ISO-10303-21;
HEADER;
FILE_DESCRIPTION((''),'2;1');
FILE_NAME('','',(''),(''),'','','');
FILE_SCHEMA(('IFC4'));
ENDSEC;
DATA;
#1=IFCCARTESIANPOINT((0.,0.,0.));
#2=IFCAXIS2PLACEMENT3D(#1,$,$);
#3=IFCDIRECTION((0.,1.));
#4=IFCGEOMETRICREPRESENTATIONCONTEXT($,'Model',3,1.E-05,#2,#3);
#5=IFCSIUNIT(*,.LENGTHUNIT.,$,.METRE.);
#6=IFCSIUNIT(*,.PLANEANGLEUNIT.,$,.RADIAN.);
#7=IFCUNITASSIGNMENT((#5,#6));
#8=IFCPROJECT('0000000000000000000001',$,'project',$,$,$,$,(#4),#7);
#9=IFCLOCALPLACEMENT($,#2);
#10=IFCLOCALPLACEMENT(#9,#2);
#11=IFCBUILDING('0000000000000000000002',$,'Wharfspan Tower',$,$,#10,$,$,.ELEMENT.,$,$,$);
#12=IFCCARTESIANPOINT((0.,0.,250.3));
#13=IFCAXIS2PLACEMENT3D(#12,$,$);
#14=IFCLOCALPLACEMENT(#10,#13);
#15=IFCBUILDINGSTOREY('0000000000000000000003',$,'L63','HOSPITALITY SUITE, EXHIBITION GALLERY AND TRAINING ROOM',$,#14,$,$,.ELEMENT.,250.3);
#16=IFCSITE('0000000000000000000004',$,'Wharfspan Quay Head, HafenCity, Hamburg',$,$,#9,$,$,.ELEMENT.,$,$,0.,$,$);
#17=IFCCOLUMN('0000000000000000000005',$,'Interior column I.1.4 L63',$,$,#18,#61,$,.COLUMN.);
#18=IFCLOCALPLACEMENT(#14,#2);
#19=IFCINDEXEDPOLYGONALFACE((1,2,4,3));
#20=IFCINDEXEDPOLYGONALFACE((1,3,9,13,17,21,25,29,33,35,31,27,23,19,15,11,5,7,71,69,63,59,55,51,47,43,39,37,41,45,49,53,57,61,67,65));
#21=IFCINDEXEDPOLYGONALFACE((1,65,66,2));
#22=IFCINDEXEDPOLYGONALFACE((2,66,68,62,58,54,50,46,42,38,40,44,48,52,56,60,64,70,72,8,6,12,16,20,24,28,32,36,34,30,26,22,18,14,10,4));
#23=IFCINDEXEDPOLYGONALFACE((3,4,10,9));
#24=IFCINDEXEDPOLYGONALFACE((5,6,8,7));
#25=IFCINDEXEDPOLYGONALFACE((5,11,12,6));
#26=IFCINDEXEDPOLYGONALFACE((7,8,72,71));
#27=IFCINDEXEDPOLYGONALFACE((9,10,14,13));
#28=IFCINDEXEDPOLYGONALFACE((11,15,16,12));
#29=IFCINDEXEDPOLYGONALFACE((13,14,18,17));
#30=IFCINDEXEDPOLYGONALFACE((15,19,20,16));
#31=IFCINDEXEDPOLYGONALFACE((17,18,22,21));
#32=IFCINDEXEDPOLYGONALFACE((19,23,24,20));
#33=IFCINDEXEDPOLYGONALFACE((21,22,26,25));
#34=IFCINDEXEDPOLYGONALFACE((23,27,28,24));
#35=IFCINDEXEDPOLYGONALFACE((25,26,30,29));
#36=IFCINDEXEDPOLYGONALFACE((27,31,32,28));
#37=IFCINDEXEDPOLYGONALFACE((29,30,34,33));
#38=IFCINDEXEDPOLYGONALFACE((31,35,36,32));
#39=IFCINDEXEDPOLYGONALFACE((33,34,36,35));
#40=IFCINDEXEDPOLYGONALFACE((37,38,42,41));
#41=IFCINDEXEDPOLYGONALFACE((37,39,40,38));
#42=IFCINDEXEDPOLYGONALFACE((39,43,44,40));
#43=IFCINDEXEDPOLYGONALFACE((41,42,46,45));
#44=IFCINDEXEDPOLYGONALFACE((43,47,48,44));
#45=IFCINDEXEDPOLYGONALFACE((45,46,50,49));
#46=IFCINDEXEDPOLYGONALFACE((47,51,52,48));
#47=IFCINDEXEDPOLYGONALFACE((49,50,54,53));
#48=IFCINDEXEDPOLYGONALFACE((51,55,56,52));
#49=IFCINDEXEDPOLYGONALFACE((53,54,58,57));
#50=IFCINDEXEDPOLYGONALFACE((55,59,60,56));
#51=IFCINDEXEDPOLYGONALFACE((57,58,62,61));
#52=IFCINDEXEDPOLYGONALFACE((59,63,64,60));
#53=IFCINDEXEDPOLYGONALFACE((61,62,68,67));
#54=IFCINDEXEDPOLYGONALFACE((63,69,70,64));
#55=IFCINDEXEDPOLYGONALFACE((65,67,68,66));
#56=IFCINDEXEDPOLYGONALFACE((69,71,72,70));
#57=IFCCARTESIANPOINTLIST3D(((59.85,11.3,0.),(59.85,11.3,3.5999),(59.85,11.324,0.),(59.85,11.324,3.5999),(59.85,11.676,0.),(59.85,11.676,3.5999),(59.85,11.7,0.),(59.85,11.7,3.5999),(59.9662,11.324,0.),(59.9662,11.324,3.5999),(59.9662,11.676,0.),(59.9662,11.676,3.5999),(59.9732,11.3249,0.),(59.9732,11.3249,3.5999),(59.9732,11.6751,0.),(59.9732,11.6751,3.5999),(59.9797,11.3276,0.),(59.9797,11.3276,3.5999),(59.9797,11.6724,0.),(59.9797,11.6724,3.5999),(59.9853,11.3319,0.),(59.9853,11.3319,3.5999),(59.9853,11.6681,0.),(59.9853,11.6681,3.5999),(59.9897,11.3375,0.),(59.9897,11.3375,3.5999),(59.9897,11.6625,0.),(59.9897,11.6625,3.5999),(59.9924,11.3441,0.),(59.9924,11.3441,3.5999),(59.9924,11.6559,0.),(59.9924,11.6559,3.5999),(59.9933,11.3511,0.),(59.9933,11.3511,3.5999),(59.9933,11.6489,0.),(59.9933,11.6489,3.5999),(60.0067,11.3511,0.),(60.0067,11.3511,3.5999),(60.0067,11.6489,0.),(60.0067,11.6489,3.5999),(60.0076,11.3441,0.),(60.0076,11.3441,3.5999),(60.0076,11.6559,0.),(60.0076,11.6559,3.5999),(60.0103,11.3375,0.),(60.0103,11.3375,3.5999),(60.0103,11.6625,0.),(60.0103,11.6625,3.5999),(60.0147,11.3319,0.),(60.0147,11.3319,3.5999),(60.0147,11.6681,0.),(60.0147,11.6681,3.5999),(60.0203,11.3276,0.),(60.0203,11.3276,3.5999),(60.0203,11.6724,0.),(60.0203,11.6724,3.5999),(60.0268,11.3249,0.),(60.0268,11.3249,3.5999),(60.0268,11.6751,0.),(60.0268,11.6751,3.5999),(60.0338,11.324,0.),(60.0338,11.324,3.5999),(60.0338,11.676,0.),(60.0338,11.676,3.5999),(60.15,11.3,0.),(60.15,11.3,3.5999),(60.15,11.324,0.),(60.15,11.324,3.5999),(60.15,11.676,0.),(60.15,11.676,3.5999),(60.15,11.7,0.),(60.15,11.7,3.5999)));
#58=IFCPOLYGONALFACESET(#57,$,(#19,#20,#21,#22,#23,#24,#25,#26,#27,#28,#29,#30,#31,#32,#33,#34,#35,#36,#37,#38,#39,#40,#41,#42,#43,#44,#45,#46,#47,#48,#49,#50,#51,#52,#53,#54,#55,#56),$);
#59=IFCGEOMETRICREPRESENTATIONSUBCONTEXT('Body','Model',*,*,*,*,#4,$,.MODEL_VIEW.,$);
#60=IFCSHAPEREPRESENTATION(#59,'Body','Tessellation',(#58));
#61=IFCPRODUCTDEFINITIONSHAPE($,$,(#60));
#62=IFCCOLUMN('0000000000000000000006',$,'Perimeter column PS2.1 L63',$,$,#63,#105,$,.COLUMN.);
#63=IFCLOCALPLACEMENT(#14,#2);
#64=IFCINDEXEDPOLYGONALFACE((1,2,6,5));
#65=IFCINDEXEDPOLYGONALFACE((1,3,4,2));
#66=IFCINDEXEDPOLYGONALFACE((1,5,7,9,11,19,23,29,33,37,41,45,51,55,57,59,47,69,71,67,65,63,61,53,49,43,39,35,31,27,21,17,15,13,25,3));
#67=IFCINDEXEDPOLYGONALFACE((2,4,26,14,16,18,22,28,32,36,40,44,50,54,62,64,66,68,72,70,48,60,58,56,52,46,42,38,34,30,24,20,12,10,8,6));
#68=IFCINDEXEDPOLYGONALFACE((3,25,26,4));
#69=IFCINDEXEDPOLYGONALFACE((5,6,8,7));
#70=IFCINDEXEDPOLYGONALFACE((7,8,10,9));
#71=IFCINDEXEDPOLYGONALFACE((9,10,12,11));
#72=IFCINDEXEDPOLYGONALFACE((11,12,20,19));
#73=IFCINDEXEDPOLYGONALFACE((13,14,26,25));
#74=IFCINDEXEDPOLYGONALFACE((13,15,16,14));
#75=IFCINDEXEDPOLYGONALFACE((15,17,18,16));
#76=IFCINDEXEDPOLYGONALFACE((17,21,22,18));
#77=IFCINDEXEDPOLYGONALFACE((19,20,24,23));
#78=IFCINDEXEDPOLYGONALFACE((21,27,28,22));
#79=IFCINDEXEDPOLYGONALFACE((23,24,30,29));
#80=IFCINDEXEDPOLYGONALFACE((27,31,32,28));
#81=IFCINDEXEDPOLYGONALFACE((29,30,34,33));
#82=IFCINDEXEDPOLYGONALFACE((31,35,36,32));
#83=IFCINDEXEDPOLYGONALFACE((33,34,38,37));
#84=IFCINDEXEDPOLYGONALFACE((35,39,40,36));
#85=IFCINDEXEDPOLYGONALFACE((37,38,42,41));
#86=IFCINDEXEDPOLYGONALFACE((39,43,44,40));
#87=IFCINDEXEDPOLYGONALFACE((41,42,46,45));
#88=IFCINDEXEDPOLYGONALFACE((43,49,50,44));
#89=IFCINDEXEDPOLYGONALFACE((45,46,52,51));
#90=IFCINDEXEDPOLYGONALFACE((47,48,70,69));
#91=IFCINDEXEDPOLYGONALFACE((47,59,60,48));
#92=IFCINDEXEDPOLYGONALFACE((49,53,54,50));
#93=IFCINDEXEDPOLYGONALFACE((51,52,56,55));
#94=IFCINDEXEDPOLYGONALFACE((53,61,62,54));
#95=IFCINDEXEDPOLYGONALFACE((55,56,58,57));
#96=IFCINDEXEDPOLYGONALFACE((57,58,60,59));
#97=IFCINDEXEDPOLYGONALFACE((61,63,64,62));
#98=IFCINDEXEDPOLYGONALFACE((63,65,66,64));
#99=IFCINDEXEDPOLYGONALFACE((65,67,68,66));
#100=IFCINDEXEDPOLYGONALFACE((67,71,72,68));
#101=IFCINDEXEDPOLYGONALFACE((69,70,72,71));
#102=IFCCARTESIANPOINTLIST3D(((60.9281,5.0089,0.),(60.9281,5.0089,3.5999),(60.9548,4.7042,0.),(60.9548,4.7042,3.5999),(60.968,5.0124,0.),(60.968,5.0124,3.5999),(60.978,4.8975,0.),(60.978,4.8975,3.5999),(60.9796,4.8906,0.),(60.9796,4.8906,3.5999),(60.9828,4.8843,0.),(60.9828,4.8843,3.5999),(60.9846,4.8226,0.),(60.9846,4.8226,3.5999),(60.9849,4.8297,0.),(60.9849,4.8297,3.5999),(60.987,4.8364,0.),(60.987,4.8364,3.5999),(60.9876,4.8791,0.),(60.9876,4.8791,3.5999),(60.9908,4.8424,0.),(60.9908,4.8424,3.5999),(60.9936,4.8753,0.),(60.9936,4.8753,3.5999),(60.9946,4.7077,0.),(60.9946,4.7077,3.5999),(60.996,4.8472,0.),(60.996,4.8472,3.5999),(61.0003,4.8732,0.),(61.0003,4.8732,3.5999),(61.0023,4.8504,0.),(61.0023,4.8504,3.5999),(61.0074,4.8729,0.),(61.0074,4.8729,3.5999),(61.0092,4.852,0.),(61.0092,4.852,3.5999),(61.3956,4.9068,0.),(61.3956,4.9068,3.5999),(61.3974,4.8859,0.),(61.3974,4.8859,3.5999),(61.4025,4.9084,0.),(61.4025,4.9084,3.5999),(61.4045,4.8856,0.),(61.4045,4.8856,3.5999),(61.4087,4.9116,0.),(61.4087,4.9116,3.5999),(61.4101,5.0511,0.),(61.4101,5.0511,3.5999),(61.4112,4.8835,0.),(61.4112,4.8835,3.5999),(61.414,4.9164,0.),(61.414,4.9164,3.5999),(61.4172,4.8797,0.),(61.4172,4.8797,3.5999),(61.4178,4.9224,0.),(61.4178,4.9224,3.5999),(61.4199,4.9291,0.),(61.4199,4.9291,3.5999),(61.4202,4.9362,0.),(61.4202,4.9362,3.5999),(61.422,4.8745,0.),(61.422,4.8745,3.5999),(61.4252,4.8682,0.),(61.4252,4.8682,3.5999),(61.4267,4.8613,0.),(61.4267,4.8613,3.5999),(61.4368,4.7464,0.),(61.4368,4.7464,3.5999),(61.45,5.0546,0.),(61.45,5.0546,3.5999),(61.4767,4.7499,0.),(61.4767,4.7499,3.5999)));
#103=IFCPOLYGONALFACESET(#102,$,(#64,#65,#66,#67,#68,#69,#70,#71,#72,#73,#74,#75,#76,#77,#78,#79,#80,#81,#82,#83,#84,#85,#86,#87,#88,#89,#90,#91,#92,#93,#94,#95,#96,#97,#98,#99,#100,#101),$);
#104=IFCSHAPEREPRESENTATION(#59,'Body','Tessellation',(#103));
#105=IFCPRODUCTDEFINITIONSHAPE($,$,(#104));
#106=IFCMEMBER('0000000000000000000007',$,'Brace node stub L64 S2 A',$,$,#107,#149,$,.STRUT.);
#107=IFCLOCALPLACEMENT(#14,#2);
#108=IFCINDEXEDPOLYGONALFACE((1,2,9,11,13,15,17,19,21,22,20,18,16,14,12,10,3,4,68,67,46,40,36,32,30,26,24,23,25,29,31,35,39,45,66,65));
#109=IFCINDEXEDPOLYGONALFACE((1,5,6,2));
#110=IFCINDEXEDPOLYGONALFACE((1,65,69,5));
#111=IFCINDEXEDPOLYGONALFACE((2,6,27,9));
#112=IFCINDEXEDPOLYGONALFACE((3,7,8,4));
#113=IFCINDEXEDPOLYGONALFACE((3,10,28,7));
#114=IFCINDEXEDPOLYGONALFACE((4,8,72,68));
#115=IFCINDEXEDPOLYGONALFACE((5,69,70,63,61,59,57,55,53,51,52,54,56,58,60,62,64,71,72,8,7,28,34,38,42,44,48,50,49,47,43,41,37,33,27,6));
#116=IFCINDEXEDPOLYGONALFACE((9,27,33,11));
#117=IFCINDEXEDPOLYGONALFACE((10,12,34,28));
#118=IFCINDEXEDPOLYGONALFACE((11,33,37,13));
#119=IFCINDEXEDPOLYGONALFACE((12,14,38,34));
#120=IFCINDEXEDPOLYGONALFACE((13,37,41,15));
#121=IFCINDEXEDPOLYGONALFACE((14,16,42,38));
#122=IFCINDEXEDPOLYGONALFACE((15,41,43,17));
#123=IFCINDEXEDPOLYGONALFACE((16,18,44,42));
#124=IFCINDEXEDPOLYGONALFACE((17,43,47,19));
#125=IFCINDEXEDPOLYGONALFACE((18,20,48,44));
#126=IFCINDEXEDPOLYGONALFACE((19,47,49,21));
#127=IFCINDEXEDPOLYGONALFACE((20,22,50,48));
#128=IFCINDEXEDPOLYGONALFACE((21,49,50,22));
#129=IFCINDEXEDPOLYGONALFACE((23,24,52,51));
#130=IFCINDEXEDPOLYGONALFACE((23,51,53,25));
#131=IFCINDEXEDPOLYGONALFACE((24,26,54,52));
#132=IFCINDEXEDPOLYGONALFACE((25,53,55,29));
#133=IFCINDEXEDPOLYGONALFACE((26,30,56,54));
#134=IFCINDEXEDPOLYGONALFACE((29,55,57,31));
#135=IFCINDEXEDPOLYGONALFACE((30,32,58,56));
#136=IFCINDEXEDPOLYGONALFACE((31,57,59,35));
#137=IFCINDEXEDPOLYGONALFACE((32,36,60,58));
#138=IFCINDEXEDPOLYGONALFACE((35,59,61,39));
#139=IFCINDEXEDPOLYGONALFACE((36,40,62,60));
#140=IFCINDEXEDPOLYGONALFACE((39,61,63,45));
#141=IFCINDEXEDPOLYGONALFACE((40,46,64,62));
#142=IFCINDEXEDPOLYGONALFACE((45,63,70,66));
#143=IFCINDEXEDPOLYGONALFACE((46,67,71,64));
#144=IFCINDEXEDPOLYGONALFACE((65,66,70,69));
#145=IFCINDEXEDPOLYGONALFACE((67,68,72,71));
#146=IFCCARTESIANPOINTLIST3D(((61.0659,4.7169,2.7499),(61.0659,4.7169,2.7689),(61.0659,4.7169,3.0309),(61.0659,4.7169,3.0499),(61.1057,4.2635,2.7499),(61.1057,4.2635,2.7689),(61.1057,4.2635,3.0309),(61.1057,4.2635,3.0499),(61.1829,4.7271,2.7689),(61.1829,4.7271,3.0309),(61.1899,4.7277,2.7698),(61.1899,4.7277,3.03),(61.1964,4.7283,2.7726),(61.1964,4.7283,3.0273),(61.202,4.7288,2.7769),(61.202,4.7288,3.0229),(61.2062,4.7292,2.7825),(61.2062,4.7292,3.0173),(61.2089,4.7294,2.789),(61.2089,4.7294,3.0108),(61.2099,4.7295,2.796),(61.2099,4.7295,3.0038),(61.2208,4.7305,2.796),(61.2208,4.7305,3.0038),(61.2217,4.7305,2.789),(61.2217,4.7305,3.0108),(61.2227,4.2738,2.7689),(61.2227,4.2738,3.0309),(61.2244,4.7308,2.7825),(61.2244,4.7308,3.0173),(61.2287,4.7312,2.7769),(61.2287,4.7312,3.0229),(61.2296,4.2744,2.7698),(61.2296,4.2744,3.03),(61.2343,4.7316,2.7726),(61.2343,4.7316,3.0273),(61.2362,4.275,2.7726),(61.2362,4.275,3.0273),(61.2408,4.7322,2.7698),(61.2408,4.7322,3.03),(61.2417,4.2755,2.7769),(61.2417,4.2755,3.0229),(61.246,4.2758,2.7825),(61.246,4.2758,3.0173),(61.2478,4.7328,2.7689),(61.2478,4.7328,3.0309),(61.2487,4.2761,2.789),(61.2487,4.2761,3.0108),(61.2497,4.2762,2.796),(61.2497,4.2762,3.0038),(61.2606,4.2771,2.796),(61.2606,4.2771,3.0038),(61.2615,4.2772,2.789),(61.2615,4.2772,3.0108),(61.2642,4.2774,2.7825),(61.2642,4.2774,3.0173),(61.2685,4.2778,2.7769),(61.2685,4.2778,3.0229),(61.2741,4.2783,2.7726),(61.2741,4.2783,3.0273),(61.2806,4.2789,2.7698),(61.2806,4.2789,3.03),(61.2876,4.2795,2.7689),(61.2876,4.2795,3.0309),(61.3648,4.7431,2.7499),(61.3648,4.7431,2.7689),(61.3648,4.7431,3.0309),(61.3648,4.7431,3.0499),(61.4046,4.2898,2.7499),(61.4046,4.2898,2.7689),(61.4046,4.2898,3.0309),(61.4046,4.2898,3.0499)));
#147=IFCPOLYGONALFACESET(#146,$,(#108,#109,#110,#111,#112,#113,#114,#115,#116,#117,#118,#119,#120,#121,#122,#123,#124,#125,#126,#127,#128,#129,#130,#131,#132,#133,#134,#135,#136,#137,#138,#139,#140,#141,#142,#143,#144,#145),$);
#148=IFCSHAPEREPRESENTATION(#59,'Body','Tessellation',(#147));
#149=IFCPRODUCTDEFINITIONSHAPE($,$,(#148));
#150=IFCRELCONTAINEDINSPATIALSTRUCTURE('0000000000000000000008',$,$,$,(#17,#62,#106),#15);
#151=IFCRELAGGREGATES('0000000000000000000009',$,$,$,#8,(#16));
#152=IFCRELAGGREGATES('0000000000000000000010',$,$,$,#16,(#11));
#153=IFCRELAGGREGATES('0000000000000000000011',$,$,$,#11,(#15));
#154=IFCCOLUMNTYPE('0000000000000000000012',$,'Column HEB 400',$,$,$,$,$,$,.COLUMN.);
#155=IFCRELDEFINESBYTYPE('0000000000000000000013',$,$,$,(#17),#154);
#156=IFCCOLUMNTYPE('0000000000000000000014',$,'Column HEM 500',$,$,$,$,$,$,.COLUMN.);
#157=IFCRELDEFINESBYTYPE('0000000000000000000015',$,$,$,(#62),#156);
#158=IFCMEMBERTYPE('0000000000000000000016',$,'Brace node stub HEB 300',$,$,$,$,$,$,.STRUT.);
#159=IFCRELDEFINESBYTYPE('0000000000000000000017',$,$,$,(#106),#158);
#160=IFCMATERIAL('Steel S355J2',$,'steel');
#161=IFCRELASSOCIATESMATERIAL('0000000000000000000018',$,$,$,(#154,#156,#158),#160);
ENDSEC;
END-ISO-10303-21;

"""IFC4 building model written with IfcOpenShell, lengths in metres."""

from ifc_helpers import new_model, si_unit, direction, frame, origin, origin_2d, place, context, subcontext, project, spatial, i_section, extrude, material, material_profile, profile_set, type_object, element, save


model = new_model("IFC4")

# Units and contexts
model_context = context("Model", 3, precision=1e-05, world=origin(), true_north=direction((0.0, 1.0)))
body_context = subcontext(model_context, "Body", "Model", "MODEL_VIEW")
ifc_project = project(units=[si_unit("LENGTHUNIT", "METRE"), si_unit("PLANEANGLEUNIT", "RADIAN")], contexts=[model_context])

# Site, building, storey
site_placement = place(None, origin())
site = spatial("IfcSite", under=ifc_project, at=site_placement, Name="Wharfspan Quay Head, HafenCity, Hamburg", CompositionType="ELEMENT", RefElevation=0.0)
building_placement = place(site_placement, origin())
building = spatial("IfcBuilding", under=site, at=building_placement, Name="Wharfspan Tower", CompositionType="ELEMENT")
storey_placement = place(building_placement, frame((0.0, 0.0, 250.3)))
storey = spatial("IfcBuildingStorey", under=building, at=storey_placement, Name="L63", Description="HOSPITALITY SUITE, EXHIBITION GALLERY AND TRAINING ROOM", CompositionType="ELEMENT", Elevation=250.3)

# Columns
ifc_material_1 = material(Name="Steel S355J2", Category="steel")
ifc_material_profile_1 = material_profile(ifc_material_1, i_section(OverallWidth=0.3, OverallDepth=0.3999, WebThickness=0.0134, FlangeThickness=0.0239, FilletRadius=0.0271, at=origin_2d()))
ifc_profile_set_1 = profile_set([ifc_material_profile_1], Name="Steel S355J2")
column_type_1 = type_object("IfcColumnType", Name="Column HEB 400", PredefinedType="COLUMN", material=ifc_profile_set_1)
column_1_placement = place(storey_placement, frame((60.0, 11.5, 0.0), z_axis=(0.0, 0.0, 1.0), x_axis=(1.0, 0.0, 0.0)))
element("IfcColumn", 1, at=column_1_placement, inside=storey, type_object=column_type_1, Name="Interior column I.1.4 L63", PredefinedType="COLUMN", context=body_context, shape_type="SweptSolid", body=[
    extrude(i_section(OverallWidth=0.3, OverallDepth=0.3999, WebThickness=0.0134, FlangeThickness=0.0239, FilletRadius=0.0271, at=origin_2d()), origin(), (0.0, 0.0, 1.0), 3.5999),
])
ifc_material_profile_2 = material_profile(ifc_material_1, i_section(OverallWidth=0.3059, OverallDepth=0.5239, WebThickness=0.021, FlangeThickness=0.04, FilletRadius=0.0271, at=origin_2d()))
ifc_profile_set_2 = profile_set([ifc_material_profile_2], Name="Steel S355J2")
column_type_2 = type_object("IfcColumnType", Name="Column HEM 500", PredefinedType="COLUMN", material=ifc_profile_set_2)
column_2_placement = place(storey_placement, frame((61.2024, 4.8794, 0.0), z_axis=(0.0, 0.0, 1.0), x_axis=(0.087156, -0.996197, 0.0)))
element("IfcColumn", 2, at=column_2_placement, inside=storey, type_object=column_type_2, Name="Perimeter column PS2.1 L63", PredefinedType="COLUMN", context=body_context, shape_type="SweptSolid", body=[
    extrude(i_section(OverallWidth=0.3059, OverallDepth=0.5239, WebThickness=0.021, FlangeThickness=0.04, FilletRadius=0.0271, at=origin_2d()), origin(), (0.0, 0.0, 1.0), 3.5999),
])

# Member
ifc_material_profile_3 = material_profile(ifc_material_1, i_section(OverallWidth=0.3, OverallDepth=0.3, WebThickness=0.011, FlangeThickness=0.019, FilletRadius=0.0271, at=origin_2d()))
ifc_profile_set_3 = profile_set([ifc_material_profile_3], Name="Steel S355J2")
member_type_1 = type_object("IfcMemberType", Name="Brace node stub HEB 300", PredefinedType="STRUT", material=ifc_profile_set_3)
member_1_placement = place(storey_placement, frame((61.2153, 4.73, 2.8999), z_axis=(0.08744, -0.99617, 0.0), x_axis=(0.99617, 0.08744, 0.0)))
element("IfcMember", 3, at=member_1_placement, inside=storey, type_object=member_type_1, Name="Brace node stub L64 S2 A", PredefinedType="STRUT", context=body_context, shape_type="SweptSolid", body=[
    extrude(i_section(OverallWidth=0.3, OverallDepth=0.3, WebThickness=0.011, FlangeThickness=0.019, FilletRadius=0.0271, at=origin_2d()), origin(), (0.0, 0.0, 1.0), 0.4551),
])

save(model, "model.ifc")
